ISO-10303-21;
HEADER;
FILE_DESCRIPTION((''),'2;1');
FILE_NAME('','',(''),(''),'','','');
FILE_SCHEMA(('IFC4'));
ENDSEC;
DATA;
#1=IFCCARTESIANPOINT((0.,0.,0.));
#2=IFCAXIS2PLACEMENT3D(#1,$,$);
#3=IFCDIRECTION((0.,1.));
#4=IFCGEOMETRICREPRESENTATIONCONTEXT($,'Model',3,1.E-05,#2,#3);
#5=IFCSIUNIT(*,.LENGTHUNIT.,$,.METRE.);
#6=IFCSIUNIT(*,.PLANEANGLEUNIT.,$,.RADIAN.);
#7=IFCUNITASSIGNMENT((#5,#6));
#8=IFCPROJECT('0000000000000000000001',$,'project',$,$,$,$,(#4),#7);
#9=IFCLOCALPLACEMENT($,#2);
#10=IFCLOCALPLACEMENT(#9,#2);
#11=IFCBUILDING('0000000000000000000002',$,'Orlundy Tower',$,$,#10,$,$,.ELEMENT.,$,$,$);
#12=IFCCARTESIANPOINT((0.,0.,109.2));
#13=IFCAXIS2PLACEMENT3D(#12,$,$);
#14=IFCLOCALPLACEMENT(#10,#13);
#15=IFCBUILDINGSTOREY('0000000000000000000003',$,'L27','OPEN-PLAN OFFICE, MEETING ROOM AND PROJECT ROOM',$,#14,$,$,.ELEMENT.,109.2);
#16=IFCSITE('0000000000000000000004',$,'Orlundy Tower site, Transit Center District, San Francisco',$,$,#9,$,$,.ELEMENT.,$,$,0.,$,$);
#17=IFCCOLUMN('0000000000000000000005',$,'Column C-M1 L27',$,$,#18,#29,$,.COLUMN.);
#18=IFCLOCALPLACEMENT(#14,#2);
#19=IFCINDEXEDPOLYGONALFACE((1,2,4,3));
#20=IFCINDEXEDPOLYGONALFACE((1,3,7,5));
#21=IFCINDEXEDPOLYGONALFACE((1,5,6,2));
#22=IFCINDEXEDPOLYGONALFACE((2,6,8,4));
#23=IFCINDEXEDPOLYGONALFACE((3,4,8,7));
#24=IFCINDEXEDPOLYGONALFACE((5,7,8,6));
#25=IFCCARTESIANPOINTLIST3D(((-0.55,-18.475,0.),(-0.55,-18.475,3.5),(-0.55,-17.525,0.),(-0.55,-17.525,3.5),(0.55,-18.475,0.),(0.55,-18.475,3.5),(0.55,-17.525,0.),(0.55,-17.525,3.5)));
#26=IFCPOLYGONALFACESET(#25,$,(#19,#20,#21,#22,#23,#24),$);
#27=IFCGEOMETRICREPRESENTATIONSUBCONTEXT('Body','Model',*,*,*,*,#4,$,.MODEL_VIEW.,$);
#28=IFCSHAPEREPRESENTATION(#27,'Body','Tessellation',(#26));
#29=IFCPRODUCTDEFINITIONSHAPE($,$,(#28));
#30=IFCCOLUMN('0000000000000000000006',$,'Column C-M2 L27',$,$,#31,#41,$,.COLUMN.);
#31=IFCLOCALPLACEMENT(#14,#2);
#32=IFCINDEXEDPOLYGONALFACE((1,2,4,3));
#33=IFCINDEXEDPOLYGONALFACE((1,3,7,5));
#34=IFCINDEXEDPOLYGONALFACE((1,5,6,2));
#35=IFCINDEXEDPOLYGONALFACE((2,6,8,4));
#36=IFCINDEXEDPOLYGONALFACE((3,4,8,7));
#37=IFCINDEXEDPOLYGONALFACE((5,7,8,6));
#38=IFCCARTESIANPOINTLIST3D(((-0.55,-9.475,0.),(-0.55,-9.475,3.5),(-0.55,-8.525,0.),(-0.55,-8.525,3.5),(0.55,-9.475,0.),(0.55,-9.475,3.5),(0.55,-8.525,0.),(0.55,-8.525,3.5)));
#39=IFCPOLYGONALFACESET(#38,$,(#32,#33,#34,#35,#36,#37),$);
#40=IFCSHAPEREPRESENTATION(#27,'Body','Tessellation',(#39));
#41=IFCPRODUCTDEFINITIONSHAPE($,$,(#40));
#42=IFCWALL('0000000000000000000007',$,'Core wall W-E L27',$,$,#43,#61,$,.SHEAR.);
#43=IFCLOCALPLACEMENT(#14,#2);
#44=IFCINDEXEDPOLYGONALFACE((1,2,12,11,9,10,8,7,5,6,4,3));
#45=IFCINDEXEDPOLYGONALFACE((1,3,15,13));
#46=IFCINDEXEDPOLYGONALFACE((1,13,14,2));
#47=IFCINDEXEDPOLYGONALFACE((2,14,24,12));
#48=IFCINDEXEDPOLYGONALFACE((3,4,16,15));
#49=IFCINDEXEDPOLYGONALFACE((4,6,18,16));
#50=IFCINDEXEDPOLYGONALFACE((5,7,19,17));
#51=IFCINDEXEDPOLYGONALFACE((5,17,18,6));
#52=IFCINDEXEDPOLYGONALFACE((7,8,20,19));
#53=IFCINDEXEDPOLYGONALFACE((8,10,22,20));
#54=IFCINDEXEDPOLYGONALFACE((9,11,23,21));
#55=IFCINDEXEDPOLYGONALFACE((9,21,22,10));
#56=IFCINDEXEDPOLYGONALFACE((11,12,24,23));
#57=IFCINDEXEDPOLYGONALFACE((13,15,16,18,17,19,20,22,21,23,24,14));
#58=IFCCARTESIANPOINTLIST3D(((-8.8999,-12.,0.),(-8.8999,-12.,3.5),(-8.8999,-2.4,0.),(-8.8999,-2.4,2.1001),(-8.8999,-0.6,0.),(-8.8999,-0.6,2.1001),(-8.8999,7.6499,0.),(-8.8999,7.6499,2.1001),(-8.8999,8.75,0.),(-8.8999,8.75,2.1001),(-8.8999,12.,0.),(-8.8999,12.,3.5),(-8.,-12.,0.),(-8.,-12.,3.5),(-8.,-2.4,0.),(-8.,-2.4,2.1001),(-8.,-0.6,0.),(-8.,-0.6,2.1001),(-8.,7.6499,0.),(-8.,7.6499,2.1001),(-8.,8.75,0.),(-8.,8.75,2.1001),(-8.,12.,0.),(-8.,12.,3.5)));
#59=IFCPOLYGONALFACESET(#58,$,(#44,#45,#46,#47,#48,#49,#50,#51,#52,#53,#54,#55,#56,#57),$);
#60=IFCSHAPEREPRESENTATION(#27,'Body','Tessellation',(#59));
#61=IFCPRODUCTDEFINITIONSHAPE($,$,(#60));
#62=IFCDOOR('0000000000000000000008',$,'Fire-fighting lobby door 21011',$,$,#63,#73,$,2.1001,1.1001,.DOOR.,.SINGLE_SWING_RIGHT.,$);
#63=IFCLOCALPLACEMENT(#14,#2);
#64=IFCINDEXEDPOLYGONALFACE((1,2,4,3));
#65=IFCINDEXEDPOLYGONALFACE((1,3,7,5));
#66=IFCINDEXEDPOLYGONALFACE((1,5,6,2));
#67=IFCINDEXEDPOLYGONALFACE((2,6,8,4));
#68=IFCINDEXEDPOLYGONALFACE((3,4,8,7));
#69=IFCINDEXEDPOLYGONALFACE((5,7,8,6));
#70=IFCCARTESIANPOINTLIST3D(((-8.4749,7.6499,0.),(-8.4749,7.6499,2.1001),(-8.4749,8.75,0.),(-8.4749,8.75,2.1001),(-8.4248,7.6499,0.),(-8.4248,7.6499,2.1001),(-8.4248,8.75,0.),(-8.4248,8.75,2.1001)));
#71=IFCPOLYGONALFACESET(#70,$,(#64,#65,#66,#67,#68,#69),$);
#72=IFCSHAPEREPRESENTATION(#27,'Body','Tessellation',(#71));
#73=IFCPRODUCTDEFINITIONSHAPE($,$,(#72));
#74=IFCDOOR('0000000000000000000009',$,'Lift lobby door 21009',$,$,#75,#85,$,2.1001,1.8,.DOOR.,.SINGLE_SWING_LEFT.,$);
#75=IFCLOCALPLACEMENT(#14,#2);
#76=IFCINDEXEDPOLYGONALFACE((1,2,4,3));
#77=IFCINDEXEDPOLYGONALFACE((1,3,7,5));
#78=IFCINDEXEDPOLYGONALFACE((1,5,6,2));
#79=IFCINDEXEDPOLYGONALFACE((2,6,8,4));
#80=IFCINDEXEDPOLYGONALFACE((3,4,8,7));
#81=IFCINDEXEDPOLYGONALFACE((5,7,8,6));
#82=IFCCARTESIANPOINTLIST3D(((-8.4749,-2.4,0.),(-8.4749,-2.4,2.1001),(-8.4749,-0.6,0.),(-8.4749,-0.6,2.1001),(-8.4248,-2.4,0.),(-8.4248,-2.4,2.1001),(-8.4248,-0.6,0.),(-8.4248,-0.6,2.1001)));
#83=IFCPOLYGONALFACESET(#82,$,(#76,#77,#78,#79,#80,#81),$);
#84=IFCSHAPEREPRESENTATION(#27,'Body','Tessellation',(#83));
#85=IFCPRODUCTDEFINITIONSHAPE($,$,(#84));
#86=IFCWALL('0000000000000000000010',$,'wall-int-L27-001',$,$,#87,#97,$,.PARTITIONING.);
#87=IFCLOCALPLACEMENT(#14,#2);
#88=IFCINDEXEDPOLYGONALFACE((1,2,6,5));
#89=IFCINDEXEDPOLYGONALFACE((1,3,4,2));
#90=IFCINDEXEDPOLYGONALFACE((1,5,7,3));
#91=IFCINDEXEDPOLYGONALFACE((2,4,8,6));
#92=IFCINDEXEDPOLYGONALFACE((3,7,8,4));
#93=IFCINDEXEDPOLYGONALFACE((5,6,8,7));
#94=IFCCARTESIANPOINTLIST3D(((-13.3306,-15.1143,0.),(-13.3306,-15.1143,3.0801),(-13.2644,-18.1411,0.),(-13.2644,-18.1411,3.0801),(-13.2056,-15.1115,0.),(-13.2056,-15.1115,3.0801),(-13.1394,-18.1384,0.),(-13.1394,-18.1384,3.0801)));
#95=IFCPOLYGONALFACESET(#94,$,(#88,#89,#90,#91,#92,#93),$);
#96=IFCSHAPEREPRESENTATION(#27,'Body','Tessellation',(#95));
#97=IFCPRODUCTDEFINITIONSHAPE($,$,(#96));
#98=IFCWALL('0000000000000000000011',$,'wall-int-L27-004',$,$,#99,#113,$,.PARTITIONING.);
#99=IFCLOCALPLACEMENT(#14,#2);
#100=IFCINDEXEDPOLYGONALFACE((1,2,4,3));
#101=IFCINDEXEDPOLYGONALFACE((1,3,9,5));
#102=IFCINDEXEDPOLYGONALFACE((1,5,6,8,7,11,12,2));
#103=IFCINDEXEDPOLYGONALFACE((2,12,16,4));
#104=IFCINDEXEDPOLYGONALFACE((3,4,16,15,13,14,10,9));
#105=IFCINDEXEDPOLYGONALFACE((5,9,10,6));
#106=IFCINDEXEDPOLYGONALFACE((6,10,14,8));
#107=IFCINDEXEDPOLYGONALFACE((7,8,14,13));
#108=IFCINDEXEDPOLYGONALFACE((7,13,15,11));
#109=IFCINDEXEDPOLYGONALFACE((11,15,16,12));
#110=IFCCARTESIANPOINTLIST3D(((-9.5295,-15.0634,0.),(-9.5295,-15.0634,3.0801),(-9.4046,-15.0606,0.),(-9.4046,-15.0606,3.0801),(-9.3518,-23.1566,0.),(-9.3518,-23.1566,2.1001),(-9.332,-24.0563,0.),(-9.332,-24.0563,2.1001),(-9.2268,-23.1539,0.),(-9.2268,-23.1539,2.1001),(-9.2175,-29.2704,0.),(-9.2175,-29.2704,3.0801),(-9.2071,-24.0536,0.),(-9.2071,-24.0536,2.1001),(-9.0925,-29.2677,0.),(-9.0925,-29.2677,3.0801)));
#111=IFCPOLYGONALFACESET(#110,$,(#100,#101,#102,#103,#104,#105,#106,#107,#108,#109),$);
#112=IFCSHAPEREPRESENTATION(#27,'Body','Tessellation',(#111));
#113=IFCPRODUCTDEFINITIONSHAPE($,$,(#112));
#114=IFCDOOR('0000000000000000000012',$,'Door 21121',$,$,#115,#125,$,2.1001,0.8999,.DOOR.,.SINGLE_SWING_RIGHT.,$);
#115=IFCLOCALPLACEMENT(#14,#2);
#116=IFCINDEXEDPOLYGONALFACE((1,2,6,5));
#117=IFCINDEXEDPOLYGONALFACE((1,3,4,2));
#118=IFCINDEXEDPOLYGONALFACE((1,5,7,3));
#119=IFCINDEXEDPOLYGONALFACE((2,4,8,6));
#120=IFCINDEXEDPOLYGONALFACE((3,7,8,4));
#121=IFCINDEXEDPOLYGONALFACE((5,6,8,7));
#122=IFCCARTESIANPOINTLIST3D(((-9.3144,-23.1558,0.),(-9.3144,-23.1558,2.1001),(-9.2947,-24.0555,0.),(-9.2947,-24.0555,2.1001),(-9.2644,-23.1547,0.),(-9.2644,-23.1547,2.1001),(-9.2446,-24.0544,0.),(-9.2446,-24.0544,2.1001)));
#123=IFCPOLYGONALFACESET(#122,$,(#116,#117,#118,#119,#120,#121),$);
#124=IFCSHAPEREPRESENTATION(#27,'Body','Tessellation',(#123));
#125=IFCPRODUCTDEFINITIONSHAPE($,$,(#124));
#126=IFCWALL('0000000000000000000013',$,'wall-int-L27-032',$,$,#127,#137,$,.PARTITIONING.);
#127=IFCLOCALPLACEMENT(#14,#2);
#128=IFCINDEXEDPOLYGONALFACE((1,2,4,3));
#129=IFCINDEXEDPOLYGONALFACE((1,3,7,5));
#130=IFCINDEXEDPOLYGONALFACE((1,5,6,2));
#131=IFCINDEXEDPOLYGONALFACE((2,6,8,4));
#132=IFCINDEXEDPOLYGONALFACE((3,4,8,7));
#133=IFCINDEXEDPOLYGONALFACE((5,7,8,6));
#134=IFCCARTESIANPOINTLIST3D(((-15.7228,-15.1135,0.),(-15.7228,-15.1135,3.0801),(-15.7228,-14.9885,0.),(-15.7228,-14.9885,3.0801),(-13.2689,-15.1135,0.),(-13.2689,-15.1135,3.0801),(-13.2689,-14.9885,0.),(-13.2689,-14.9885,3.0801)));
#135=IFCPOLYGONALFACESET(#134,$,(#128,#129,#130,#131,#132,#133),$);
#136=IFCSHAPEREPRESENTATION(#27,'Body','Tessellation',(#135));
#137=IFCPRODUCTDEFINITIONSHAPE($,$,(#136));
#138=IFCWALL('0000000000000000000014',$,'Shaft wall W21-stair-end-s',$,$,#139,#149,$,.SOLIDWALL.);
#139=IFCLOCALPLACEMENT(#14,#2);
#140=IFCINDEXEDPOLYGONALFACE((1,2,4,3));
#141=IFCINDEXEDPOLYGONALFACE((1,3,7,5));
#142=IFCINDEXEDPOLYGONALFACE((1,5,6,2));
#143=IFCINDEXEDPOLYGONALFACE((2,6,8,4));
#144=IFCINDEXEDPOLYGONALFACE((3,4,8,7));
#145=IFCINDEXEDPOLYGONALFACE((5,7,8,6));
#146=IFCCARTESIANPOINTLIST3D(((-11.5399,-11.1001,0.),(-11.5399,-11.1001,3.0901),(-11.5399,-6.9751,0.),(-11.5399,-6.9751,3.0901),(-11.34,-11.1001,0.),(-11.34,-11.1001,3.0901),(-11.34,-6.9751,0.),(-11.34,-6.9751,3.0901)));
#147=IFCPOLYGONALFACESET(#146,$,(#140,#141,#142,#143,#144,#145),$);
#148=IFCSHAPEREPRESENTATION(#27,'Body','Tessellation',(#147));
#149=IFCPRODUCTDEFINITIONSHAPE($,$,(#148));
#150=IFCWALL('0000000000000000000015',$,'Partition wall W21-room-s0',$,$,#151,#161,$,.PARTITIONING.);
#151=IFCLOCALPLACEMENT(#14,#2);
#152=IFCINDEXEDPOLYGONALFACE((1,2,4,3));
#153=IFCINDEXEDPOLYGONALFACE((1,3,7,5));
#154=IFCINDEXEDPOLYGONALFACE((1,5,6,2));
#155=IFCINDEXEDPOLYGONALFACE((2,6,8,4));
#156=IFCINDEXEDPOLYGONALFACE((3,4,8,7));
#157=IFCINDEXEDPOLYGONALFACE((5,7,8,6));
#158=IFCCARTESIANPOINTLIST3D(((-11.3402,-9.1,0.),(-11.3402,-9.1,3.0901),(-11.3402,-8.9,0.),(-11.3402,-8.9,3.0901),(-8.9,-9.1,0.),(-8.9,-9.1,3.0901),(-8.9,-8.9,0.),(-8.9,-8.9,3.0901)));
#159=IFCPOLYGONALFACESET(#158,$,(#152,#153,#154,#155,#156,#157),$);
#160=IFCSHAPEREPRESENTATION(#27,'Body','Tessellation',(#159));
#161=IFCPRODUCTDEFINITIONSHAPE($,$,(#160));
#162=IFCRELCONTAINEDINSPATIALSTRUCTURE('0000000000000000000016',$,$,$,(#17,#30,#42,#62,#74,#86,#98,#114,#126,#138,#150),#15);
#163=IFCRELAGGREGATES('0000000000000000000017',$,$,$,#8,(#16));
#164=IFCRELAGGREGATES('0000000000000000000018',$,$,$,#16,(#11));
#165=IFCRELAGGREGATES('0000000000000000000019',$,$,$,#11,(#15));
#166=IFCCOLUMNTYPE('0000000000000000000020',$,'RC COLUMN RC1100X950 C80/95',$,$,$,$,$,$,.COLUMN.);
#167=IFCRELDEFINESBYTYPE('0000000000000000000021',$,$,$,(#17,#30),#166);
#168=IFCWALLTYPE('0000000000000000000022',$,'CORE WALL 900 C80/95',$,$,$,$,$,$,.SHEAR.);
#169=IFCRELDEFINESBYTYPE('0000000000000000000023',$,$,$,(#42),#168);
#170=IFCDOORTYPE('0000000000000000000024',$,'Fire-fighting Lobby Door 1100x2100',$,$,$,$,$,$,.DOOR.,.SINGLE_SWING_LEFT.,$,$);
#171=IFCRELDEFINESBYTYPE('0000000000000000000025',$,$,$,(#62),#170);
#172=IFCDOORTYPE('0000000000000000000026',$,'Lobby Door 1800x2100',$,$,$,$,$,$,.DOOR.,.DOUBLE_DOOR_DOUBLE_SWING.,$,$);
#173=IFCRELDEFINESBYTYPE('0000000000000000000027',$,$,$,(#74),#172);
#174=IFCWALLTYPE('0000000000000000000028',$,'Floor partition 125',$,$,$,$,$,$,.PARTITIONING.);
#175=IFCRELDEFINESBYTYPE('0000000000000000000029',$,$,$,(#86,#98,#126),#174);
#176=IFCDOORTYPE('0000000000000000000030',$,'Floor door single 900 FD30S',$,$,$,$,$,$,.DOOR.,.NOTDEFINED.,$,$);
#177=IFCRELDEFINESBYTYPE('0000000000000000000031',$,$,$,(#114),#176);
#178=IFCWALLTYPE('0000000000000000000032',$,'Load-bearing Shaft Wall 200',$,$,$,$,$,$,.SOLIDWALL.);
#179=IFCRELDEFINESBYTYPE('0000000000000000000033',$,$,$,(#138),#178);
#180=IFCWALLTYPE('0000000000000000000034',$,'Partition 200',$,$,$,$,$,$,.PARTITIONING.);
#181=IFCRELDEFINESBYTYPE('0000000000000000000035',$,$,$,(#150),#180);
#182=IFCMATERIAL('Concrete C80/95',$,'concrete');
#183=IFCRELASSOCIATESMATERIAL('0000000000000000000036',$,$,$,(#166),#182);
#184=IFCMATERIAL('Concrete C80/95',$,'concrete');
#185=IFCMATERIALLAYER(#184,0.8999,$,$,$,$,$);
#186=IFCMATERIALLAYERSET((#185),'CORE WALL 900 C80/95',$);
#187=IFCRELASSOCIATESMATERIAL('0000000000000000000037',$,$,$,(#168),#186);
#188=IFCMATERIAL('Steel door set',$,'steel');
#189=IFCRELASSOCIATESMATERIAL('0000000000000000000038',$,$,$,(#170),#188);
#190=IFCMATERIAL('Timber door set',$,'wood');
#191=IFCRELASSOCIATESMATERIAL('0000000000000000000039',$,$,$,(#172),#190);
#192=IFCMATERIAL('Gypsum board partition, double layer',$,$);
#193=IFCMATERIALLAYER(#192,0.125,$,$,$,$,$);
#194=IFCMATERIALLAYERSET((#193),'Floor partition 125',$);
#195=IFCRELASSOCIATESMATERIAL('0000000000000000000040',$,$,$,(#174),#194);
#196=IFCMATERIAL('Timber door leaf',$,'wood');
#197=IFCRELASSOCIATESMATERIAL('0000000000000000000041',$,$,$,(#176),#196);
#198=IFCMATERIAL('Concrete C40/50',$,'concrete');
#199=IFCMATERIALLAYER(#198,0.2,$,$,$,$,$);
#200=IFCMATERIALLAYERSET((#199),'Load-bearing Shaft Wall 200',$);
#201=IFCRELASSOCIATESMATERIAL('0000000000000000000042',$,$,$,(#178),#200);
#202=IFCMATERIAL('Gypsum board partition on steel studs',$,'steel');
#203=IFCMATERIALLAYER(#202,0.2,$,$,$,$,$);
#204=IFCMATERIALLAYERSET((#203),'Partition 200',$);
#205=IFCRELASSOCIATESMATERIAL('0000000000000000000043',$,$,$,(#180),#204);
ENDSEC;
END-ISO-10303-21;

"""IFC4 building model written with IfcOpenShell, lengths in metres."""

from ifc_helpers import new_model, si_unit, direction, frame, frame_2d, origin, origin_2d, place, context, subcontext, project, spatial, rectangle, extrude, material, layer, layer_set, material_profile, profile_set, type_object, element, fill, save


model = new_model("IFC4")

# Units and contexts
model_context = context("Model", 3, precision=1e-05, world=origin(), true_north=direction((0.0, 1.0)))
body_context = subcontext(model_context, "Body", "Model", "MODEL_VIEW")
ifc_project = project(units=[si_unit("LENGTHUNIT", "METRE"), si_unit("PLANEANGLEUNIT", "RADIAN")], contexts=[model_context])

# Site, building, storey
site_placement = place(None, origin())
site = spatial("IfcSite", under=ifc_project, at=site_placement, Name="Orlundy Tower site, Transit Center District, San Francisco", CompositionType="ELEMENT", RefElevation=0.0)
building_placement = place(site_placement, origin())
building = spatial("IfcBuilding", under=site, at=building_placement, Name="Orlundy Tower", CompositionType="ELEMENT")
storey_placement = place(building_placement, frame((0.0, 0.0, 109.2)))
storey = spatial("IfcBuildingStorey", under=building, at=storey_placement, Name="L27", Description="OPEN-PLAN OFFICE, MEETING ROOM AND PROJECT ROOM", CompositionType="ELEMENT", Elevation=109.2)

# Columns
ifc_material_1 = material(Name="Concrete C80/95", Category="concrete")
ifc_material_profile = material_profile(ifc_material_1, rectangle(XDim=1.1001, YDim=0.95, at=origin_2d()), Name="RC1100X950")
ifc_profile_set = profile_set([ifc_material_profile], Name="Concrete C80/95")
column_type = type_object("IfcColumnType", Name="RC COLUMN RC1100X950 C80/95", PredefinedType="COLUMN", material=ifc_profile_set)
for number, where, z_axis, x_axis, name in (
    (1, (0.0, -18.0, 0.0), (0.0, 0.0, 1.0), (1.0, 0.0, 0.0), "Column C-M1 L27"),
    (2, (0.0, -9.0, 0.0), (0.0, 0.0, 1.0), (1.0, 0.0, 0.0), "Column C-M2 L27"),
):
    element("IfcColumn", number, at=place(storey_placement, frame(where, z_axis=z_axis, x_axis=x_axis)), inside=storey, type_object=column_type, Name=name, PredefinedType="COLUMN", context=body_context, shape_type="SweptSolid", body=[
        extrude(rectangle(XDim=1.1001, YDim=0.95, at=origin_2d()), origin(), (0.0, 0.0, 1.0), 3.5),
    ])

# Wall, openings, doors
ifc_material_2 = material(Name="Concrete C80/95", Category="concrete")
ifc_layer_1 = layer(ifc_material_2, 0.8999)
ifc_layer_set_1 = layer_set([ifc_layer_1], Name="CORE WALL 900 C80/95")
wall_type_1 = type_object("IfcWallType", Name="CORE WALL 900 C80/95", PredefinedType="SHEAR", material=ifc_layer_set_1)
wall_1_placement = place(storey_placement, frame((-8.45, -12.0, 0.0), z_axis=(0.0, 0.0, 1.0), x_axis=(0.0, 1.0, 0.0)))
wall_1 = element("IfcWall", 3, at=wall_1_placement, inside=storey, type_object=wall_type_1, Name="Core wall W-E L27", PredefinedType="SHEAR", context=body_context, shape_type="SweptSolid", body=[
    extrude(rectangle(XDim=24.0, YDim=0.8999, at=frame_2d((12.0, 0.0))), origin(), (0.0, 0.0, 1.0), 3.5),
])
opening_1_placement = place(wall_1_placement, frame((9.6001, 0.0, 0.0)))
opening_1 = element("IfcOpeningElement", 4, at=opening_1_placement, cuts=wall_1, PredefinedType="OPENING", context=body_context, shape_type="SweptSolid", body=[
    extrude(rectangle(XDim=1.8, YDim=2.1001, at=frame_2d((0.8999, 1.05))), frame((0.0, 0.46, 0.0), z_axis=(0.0, -1.0, 0.0), x_axis=(1.0, 0.0, 0.0)), (0.0, 0.0, 1.0), 0.9199),
])
opening_2_placement = place(wall_1_placement, frame((19.6499, 0.0, 0.0)))
opening_2 = element("IfcOpeningElement", 5, at=opening_2_placement, cuts=wall_1, PredefinedType="OPENING", context=body_context, shape_type="SweptSolid", body=[
    extrude(rectangle(XDim=1.1001, YDim=2.1001, at=frame_2d((0.55, 1.05))), frame((0.0, 0.46, 0.0), z_axis=(0.0, -1.0, 0.0), x_axis=(1.0, 0.0, 0.0)), (0.0, 0.0, 1.0), 0.9199),
])
ifc_material_3 = material(Name="Steel door set", Category="steel")
door_type_1 = type_object("IfcDoorType", Name="Fire-fighting Lobby Door 1100x2100", OperationType="SINGLE_SWING_LEFT", PredefinedType="DOOR", material=ifc_material_3)
door_1_placement = place(opening_2_placement, origin())
door_1 = element("IfcDoor", 6, at=door_1_placement, inside=storey, type_object=door_type_1, Name="Fire-fighting lobby door 21011", OperationType="SINGLE_SWING_RIGHT", OverallHeight=2.1001, OverallWidth=1.1001, PredefinedType="DOOR", context=body_context, shape_type="SweptSolid", body=[
    extrude(rectangle(XDim=1.1001, YDim=2.1001, at=frame_2d((0.55, 1.05))), frame((0.0, 0.0249, 0.0), z_axis=(0.0, -1.0, 0.0), x_axis=(1.0, 0.0, 0.0)), (0.0, 0.0, 1.0), 0.05),
])
fill(opening_2, door_1)
ifc_material_4 = material(Name="Timber door set", Category="wood")
door_type_2 = type_object("IfcDoorType", Name="Lobby Door 1800x2100", OperationType="DOUBLE_DOOR_DOUBLE_SWING", PredefinedType="DOOR", material=ifc_material_4)
door_2_placement = place(opening_1_placement, origin())
door_2 = element("IfcDoor", 7, at=door_2_placement, inside=storey, type_object=door_type_2, Name="Lift lobby door 21009", OperationType="SINGLE_SWING_LEFT", OverallHeight=2.1001, OverallWidth=1.8, PredefinedType="DOOR", context=body_context, shape_type="SweptSolid", body=[
    extrude(rectangle(XDim=1.8, YDim=2.1001, at=frame_2d((0.8999, 1.05))), frame((0.0, 0.0249, 0.0), z_axis=(0.0, -1.0, 0.0), x_axis=(1.0, 0.0, 0.0)), (0.0, 0.0, 1.0), 0.05),
])
fill(opening_1, door_2)

# Wall
ifc_material_5 = material(Name="Gypsum board partition, double layer")
ifc_layer_2 = layer(ifc_material_5, 0.125)
ifc_layer_set_2 = layer_set([ifc_layer_2], Name="Floor partition 125")
wall_type_2 = type_object("IfcWallType", Name="Floor partition 125", PredefinedType="PARTITIONING", material=ifc_layer_set_2)
wall_2_placement = place(storey_placement, frame((-13.2681, -15.113, 0.0), z_axis=(0.0, 0.0, 1.0), x_axis=(0.021853, -0.999761, 0.0)))
element("IfcWall", 8, at=wall_2_placement, inside=storey, type_object=wall_type_2, Name="wall-int-L27-001", PredefinedType="PARTITIONING", context=body_context, shape_type="SweptSolid", body=[
    extrude(rectangle(XDim=3.0276, YDim=0.125, at=frame_2d((1.5137, 0.0))), origin(), (0.0, 0.0, 1.0), 3.0801),
])

# Wall, opening, door
wall_3_placement = place(storey_placement, frame((-9.467, -15.062, 0.0), z_axis=(0.0, 0.0, 1.0), x_axis=(0.021956, -0.999759, 0.0)))
wall_3 = element("IfcWall", 9, at=wall_3_placement, inside=storey, type_object=wall_type_2, Name="wall-int-L27-004", PredefinedType="PARTITIONING", context=body_context, shape_type="SweptSolid", body=[
    extrude(rectangle(XDim=14.2104, YDim=0.125, at=frame_2d((7.1052, 0.0))), origin(), (0.0, 0.0, 1.0), 3.0801),
])
opening_3_placement = place(wall_3_placement, frame((8.0952, 0.0, 0.0)))
opening_3 = element("IfcOpeningElement", 10, at=opening_3_placement, cuts=wall_3, PredefinedType="OPENING", context=body_context, shape_type="SweptSolid", body=[
    extrude(rectangle(XDim=0.8999, YDim=2.1001, at=frame_2d((0.45, 1.05))), frame((0.0, 0.0725, 0.0), z_axis=(0.0, -1.0, 0.0), x_axis=(1.0, 0.0, 0.0)), (0.0, 0.0, 1.0), 0.145),
])
ifc_material_6 = material(Name="Timber door leaf", Category="wood")
door_type_3 = type_object("IfcDoorType", Name="Floor door single 900 FD30S", OperationType="NOTDEFINED", PredefinedType="DOOR", material=ifc_material_6)
door_3_placement = place(opening_3_placement, origin())
door_3 = element("IfcDoor", 11, at=door_3_placement, inside=storey, type_object=door_type_3, Name="Door 21121", OperationType="SINGLE_SWING_RIGHT", OverallHeight=2.1001, OverallWidth=0.8999, PredefinedType="DOOR", context=body_context, shape_type="SweptSolid", body=[
    extrude(rectangle(XDim=0.8999, YDim=2.1001, at=frame_2d((0.45, 1.05))), frame((0.0, 0.0249, 0.0), z_axis=(0.0, -1.0, 0.0), x_axis=(1.0, 0.0, 0.0)), (0.0, 0.0, 1.0), 0.05),
])
fill(opening_3, door_3)

# Walls
wall_4_placement = place(storey_placement, frame((-15.7229, -15.051, 0.0), z_axis=(0.0, 0.0, 1.0), x_axis=(1.0, 0.0, 0.0)))
element("IfcWall", 12, at=wall_4_placement, inside=storey, type_object=wall_type_2, Name="wall-int-L27-032", PredefinedType="PARTITIONING", context=body_context, shape_type="SweptSolid", body=[
    extrude(rectangle(XDim=2.4539, YDim=0.125, at=frame_2d((1.2271, 0.0))), origin(), (0.0, 0.0, 1.0), 3.0801),
])
ifc_material_7 = material(Name="Concrete C40/50", Category="concrete")
ifc_layer_3 = layer(ifc_material_7, 0.2)
ifc_layer_set_3 = layer_set([ifc_layer_3], Name="Load-bearing Shaft Wall 200")
wall_type_3 = type_object("IfcWallType", Name="Load-bearing Shaft Wall 200", PredefinedType="SOLIDWALL", material=ifc_layer_set_3)
wall_5_placement = place(storey_placement, frame((-11.4399, -11.1001, 0.0), z_axis=(0.0, 0.0, 1.0), x_axis=(0.0, 1.0, 0.0)))
element("IfcWall", 13, at=wall_5_placement, inside=storey, type_object=wall_type_3, Name="Shaft wall W21-stair-end-s", PredefinedType="SOLIDWALL", context=body_context, shape_type="SweptSolid", body=[
    extrude(rectangle(XDim=4.125, YDim=0.2, at=frame_2d((2.0625, 0.0))), origin(), (0.0, 0.0, 1.0), 3.0901),
])
ifc_material_8 = material(Name="Gypsum board partition on steel studs", Category="steel")
ifc_layer_4 = layer(ifc_material_8, 0.2)
ifc_layer_set_4 = layer_set([ifc_layer_4], Name="Partition 200")
wall_type_4 = type_object("IfcWallType", Name="Partition 200", PredefinedType="PARTITIONING", material=ifc_layer_set_4)
wall_6_placement = place(storey_placement, frame((-8.8999, -9.0, 0.0), z_axis=(0.0, 0.0, 1.0), x_axis=(-1.0, 0.0, 0.0)))
element("IfcWall", 14, at=wall_6_placement, inside=storey, type_object=wall_type_4, Name="Partition wall W21-room-s0", PredefinedType="PARTITIONING", context=body_context, shape_type="SweptSolid", body=[
    extrude(rectangle(XDim=2.4402, YDim=0.2, at=frame_2d((1.2202, 0.0))), origin(), (0.0, 0.0, 1.0), 3.0901),
])

save(model, "model.ifc")
